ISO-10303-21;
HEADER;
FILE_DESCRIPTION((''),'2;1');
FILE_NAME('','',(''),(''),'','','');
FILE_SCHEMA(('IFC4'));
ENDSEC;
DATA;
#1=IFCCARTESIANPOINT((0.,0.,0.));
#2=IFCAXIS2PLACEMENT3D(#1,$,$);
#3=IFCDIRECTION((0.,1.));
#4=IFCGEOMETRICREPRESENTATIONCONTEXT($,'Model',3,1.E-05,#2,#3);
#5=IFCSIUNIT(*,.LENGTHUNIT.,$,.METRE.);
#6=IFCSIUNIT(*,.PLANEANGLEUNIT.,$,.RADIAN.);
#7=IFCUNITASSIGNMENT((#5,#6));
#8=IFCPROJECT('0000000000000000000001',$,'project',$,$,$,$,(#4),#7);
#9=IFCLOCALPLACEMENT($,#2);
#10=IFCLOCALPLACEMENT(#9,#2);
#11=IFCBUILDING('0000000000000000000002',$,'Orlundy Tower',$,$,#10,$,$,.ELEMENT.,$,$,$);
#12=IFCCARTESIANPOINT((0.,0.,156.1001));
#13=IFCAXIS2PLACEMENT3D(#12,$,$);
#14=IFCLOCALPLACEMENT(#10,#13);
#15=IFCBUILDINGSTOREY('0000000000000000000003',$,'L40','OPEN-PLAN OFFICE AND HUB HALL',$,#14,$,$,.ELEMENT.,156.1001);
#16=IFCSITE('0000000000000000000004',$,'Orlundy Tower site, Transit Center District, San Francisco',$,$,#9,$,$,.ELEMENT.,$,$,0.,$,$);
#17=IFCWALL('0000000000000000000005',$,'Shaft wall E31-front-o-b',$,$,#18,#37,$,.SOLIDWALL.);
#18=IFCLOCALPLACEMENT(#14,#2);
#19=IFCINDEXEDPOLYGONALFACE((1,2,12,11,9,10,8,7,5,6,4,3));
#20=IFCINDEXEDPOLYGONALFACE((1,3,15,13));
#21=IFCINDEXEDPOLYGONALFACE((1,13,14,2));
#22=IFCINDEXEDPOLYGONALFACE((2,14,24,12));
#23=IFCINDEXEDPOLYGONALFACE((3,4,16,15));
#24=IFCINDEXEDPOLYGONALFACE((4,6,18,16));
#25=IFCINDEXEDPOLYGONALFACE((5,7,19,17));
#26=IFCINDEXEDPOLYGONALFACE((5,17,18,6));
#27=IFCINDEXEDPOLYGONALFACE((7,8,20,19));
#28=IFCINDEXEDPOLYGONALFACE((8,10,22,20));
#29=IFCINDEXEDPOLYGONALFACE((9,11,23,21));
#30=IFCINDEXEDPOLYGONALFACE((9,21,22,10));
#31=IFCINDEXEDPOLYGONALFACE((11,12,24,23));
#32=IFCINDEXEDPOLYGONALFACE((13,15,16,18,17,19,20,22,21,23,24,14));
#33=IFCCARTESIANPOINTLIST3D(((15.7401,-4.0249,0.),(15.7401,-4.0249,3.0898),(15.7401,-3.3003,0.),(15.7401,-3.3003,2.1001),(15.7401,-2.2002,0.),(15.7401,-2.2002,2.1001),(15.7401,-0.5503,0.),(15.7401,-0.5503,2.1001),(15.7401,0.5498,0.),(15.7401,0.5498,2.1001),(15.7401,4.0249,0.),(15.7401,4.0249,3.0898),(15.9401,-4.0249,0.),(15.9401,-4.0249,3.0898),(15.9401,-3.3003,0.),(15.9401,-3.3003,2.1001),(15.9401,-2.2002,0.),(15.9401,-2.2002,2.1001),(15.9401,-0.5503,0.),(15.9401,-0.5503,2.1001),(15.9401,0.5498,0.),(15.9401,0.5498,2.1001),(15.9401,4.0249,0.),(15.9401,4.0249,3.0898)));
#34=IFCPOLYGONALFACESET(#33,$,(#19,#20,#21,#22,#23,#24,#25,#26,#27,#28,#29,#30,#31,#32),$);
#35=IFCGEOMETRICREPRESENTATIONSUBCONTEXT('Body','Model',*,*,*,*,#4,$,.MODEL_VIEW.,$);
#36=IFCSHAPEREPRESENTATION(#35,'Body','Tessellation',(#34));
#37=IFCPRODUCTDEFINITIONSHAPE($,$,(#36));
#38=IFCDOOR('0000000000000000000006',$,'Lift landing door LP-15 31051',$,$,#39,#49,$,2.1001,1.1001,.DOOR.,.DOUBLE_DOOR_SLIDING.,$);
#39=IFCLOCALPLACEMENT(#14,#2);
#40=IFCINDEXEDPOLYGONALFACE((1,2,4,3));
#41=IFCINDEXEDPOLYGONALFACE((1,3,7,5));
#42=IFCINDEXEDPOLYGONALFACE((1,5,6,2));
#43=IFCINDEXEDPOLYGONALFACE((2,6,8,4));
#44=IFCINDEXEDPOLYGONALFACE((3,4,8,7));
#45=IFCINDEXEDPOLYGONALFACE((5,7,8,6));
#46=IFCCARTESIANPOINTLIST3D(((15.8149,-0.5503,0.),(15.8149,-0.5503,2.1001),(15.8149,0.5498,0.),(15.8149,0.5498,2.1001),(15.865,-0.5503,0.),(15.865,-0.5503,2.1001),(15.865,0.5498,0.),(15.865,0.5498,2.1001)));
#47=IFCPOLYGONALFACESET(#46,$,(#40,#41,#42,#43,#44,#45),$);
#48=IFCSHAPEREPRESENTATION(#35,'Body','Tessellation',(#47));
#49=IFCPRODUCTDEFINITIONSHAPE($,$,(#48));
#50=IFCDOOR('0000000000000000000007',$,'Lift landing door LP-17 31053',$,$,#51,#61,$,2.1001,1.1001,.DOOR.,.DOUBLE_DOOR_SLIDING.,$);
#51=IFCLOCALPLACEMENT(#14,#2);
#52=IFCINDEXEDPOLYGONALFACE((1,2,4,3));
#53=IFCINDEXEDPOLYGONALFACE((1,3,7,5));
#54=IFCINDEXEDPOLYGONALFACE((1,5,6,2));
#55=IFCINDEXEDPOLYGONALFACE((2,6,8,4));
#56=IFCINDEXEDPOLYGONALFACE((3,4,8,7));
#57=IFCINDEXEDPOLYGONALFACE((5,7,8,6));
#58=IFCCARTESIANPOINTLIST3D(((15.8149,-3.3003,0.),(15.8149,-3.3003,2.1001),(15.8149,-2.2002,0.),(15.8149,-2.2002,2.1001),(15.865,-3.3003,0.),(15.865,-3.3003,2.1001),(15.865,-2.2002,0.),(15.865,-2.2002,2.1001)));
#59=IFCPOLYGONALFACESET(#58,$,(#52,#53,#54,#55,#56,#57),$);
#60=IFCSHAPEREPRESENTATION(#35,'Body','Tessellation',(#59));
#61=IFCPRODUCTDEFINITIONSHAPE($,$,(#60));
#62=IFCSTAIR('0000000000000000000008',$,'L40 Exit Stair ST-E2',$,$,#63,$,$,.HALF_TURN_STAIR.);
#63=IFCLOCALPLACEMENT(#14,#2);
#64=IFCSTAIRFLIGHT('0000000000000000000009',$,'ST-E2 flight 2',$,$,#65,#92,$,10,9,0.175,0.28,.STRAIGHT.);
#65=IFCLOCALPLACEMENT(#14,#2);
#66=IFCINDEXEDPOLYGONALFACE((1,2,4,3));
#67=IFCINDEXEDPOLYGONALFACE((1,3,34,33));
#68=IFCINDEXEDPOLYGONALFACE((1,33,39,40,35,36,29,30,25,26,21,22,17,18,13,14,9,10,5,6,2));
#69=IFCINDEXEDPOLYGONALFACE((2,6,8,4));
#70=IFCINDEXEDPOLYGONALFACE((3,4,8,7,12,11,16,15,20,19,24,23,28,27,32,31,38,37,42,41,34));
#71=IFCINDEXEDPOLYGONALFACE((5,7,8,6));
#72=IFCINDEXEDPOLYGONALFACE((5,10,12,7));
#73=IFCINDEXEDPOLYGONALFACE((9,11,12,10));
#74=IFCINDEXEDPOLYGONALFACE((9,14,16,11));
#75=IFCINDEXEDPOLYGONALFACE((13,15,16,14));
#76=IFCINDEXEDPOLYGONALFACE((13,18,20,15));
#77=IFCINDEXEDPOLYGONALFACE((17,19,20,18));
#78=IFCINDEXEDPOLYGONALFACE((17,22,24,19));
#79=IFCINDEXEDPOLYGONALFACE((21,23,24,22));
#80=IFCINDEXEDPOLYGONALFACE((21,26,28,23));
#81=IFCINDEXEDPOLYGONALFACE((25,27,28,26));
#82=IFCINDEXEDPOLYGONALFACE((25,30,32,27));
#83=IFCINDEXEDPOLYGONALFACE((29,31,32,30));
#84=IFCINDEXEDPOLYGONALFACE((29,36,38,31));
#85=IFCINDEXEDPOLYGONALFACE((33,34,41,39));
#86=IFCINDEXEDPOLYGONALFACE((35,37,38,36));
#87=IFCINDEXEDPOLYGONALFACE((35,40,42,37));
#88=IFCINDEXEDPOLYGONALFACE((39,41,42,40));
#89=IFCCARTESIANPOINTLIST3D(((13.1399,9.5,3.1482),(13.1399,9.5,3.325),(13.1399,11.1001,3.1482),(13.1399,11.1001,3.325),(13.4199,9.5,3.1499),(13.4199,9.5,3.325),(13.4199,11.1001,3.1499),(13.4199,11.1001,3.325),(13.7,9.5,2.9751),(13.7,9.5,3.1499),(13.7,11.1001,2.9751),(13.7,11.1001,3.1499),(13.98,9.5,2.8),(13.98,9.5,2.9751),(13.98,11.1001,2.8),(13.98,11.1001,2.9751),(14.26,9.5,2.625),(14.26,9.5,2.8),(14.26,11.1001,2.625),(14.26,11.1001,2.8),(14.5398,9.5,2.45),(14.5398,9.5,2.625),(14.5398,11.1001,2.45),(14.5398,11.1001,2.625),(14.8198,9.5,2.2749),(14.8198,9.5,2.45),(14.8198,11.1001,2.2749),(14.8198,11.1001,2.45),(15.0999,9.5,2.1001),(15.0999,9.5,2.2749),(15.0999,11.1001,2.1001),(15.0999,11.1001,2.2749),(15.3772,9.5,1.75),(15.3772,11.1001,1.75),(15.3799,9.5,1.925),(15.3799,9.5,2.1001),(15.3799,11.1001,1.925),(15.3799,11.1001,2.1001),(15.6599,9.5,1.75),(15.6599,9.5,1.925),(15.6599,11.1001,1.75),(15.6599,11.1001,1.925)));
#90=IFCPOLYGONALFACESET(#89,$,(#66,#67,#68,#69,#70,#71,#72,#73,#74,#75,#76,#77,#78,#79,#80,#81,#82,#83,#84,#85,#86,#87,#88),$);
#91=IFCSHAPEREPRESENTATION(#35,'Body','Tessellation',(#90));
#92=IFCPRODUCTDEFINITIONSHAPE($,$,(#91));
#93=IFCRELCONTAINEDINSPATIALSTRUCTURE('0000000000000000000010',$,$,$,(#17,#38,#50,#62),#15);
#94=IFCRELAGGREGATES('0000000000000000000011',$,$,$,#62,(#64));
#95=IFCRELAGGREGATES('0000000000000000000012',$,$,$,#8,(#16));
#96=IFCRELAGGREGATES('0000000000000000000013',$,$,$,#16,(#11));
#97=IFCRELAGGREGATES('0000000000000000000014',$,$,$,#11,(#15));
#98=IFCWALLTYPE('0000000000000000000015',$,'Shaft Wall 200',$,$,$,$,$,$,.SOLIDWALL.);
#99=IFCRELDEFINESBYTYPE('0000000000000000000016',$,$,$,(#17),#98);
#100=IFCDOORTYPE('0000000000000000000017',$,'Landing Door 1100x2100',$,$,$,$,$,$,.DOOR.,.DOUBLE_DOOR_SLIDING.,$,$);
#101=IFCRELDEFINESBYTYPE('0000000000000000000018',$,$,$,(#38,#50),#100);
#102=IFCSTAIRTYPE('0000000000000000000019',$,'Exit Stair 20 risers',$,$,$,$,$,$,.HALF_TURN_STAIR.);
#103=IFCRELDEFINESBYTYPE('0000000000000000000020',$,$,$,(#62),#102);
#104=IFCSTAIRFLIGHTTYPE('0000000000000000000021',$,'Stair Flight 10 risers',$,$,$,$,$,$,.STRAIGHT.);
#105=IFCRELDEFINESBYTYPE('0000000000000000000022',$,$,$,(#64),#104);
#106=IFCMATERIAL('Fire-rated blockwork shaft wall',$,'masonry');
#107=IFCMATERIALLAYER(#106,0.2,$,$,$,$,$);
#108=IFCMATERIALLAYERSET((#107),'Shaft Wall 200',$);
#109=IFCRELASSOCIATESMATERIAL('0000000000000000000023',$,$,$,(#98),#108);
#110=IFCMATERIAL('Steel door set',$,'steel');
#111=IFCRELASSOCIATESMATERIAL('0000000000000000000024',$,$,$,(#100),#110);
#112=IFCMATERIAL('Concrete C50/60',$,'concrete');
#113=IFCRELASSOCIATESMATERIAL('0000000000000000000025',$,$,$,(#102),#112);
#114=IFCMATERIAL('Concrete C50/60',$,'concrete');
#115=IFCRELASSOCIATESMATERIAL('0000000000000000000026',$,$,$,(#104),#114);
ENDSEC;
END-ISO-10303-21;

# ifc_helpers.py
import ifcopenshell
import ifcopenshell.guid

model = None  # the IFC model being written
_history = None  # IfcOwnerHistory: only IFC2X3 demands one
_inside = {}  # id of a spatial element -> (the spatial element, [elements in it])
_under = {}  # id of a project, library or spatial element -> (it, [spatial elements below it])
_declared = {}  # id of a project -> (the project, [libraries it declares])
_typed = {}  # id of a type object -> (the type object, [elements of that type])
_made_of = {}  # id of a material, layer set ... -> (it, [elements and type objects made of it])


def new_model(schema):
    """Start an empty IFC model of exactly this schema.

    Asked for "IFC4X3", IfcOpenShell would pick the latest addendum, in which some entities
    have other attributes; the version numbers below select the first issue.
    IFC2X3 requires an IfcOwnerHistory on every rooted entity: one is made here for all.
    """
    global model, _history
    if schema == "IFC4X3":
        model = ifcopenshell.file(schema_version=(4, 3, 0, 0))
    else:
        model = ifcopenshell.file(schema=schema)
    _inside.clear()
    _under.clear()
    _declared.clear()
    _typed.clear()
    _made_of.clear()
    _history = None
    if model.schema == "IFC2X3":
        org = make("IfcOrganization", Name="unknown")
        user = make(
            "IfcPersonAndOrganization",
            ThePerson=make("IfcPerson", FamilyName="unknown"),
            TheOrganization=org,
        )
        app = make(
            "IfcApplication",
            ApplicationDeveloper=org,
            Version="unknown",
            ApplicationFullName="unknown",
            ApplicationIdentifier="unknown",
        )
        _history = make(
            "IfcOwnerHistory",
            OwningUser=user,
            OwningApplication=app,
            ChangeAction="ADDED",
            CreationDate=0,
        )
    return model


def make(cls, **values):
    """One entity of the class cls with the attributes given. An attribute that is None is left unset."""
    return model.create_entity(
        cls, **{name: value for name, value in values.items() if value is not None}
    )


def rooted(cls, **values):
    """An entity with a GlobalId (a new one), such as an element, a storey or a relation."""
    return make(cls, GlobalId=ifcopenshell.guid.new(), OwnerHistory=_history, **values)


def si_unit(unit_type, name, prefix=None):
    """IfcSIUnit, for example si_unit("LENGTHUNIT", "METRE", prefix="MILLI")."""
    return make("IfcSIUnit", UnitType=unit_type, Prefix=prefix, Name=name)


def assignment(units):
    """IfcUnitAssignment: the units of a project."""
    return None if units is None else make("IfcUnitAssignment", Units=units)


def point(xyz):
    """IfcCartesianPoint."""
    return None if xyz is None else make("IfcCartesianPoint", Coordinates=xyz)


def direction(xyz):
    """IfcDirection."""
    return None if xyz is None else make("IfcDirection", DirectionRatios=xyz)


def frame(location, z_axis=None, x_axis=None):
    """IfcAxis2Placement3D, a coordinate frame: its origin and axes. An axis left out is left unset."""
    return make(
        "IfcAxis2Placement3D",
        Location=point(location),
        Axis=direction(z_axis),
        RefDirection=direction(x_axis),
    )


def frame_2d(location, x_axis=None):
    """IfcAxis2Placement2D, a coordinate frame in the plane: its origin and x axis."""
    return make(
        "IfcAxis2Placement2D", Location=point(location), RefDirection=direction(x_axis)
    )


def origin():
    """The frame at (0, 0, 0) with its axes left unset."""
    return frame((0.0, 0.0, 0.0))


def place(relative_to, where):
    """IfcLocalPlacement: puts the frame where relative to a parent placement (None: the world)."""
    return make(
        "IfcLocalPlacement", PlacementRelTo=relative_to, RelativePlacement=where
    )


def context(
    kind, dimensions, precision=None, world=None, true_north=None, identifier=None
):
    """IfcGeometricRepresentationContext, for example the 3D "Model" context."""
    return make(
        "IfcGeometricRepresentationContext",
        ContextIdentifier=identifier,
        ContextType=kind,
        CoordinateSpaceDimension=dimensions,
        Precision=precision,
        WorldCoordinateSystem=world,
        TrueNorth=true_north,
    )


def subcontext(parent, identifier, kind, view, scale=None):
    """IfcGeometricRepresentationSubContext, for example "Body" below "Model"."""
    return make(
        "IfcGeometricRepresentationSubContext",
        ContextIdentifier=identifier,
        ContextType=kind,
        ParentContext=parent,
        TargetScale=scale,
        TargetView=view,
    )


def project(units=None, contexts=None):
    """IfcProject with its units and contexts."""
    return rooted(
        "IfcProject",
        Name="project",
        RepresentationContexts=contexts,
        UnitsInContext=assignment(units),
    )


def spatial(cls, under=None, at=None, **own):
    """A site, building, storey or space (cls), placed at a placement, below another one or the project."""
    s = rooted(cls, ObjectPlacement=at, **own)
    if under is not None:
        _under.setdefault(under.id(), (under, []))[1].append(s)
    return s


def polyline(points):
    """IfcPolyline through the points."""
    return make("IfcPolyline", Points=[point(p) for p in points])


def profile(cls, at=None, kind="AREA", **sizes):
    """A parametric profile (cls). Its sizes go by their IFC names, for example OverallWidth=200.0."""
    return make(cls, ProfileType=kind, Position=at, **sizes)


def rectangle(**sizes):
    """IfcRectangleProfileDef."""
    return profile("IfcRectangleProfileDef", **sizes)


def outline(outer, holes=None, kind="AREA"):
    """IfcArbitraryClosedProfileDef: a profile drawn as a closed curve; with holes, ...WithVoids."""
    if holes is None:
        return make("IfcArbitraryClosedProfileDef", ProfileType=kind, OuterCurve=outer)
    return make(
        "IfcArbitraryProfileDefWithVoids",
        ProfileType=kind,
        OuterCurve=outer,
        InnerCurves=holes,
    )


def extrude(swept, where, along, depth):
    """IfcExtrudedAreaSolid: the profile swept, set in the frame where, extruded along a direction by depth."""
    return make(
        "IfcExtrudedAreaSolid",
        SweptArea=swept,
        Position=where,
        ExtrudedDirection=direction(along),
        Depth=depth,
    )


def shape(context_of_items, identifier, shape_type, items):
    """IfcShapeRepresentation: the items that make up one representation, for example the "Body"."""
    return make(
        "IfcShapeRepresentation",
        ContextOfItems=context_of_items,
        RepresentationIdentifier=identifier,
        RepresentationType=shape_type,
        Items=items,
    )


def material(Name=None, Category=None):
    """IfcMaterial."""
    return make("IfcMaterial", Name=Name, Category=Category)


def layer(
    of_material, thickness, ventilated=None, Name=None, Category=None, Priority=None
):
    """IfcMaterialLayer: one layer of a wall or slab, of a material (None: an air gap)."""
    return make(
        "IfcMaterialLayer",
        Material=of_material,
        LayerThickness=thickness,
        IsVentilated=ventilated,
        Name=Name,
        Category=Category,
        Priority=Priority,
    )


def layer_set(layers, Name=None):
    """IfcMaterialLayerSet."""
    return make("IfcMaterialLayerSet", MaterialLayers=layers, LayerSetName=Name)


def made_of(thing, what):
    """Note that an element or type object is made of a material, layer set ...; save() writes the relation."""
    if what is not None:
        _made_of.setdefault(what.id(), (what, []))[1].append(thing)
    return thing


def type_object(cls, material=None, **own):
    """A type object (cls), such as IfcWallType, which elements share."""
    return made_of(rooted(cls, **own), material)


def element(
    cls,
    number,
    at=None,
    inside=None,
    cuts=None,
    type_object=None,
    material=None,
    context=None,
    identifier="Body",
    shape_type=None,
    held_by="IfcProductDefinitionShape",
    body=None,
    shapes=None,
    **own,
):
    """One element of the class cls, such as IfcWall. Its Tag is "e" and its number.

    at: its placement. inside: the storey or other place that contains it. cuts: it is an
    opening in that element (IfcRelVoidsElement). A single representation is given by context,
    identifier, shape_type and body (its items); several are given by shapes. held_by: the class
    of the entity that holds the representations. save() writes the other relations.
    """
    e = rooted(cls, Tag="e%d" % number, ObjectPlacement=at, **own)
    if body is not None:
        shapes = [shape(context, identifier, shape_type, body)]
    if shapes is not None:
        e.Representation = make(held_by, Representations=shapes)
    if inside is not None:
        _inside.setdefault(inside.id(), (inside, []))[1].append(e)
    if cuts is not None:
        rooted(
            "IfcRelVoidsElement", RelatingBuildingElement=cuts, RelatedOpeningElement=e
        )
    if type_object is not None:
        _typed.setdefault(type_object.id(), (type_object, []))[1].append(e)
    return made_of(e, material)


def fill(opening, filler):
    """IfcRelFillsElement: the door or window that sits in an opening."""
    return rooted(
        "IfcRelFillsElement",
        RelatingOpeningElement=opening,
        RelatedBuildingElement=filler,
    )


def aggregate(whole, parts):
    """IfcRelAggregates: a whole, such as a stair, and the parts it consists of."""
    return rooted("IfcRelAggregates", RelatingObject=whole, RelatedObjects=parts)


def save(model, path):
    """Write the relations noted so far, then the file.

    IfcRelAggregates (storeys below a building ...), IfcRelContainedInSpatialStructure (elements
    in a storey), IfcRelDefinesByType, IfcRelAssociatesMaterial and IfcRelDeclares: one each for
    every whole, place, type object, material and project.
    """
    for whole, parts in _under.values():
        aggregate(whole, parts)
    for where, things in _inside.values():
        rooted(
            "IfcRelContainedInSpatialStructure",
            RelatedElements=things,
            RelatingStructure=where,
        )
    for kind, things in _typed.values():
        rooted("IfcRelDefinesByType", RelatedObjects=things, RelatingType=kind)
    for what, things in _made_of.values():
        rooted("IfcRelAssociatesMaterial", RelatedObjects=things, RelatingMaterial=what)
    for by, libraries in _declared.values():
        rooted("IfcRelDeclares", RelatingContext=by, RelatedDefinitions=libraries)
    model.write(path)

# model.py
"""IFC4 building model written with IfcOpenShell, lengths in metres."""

from ifc_helpers import new_model, si_unit, direction, frame, frame_2d, origin, place, context, subcontext, project, spatial, polyline, rectangle, outline, extrude, material, layer, layer_set, type_object, element, fill, aggregate, save


model = new_model("IFC4")

# Units and contexts
model_context = context("Model", 3, precision=1e-05, world=origin(), true_north=direction((0.0, 1.0)))
body_context = subcontext(model_context, "Body", "Model", "MODEL_VIEW")
ifc_project = project(units=[si_unit("LENGTHUNIT", "METRE"), si_unit("PLANEANGLEUNIT", "RADIAN")], contexts=[model_context])

# Site, building, storey
site_placement = place(None, origin())
site = spatial("IfcSite", under=ifc_project, at=site_placement, Name="Orlundy Tower site, Transit Center District, San Francisco", CompositionType="ELEMENT", RefElevation=0.0)
building_placement = place(site_placement, origin())
building = spatial("IfcBuilding", under=site, at=building_placement, Name="Orlundy Tower", CompositionType="ELEMENT")
storey_placement = place(building_placement, frame((0.0, 0.0, 156.1001)))
storey = spatial("IfcBuildingStorey", under=building, at=storey_placement, Name="L40", Description="OPEN-PLAN OFFICE AND HUB HALL", CompositionType="ELEMENT", Elevation=156.1001)

# Shared definitions
ifc_material_1 = material(Name="Fire-rated blockwork shaft wall", Category="masonry")
ifc_layer_1 = layer(ifc_material_1, 0.2)
ifc_layer_set_1 = layer_set([ifc_layer_1], Name="Shaft Wall 200")
wall_type_1 = type_object("IfcWallType", Name="Shaft Wall 200", PredefinedType="SOLIDWALL", material=ifc_layer_set_1)
ifc_material_2 = material(Name="Steel door set", Category="steel")
door_type_1 = type_object("IfcDoorType", Name="Landing Door 1100x2100", OperationType="DOUBLE_DOOR_SLIDING", PredefinedType="DOOR", material=ifc_material_2)

# Wall, openings, doors
wall_1_placement = place(storey_placement, frame((15.8401, 4.0249, 0.0), z_axis=(0.0, 0.0, 1.0), x_axis=(0.0, -1.0, 0.0)))
wall_1 = element("IfcWall", 1, at=wall_1_placement, inside=storey, type_object=wall_type_1, Name="Shaft wall E31-front-o-b", PredefinedType="SOLIDWALL", context=body_context, shape_type="SweptSolid", body=[
    extrude(rectangle(XDim=8.0498, YDim=0.2, at=frame_2d((4.0249, 0.0))), origin(), (0.0, 0.0, 1.0), 3.0898),
])
opening_1_placement = place(wall_1_placement, frame((3.4751, 0.0, 0.0)))
opening_1 = element("IfcOpeningElement", 2, at=opening_1_placement, cuts=wall_1, PredefinedType="OPENING", context=body_context, shape_type="SweptSolid", body=[
    extrude(rectangle(XDim=1.1001, YDim=2.1001, at=frame_2d((0.55, 1.05))), frame((0.0, 0.1101, 0.0), z_axis=(0.0, -1.0, 0.0), x_axis=(1.0, 0.0, 0.0)), (0.0, 0.0, 1.0), 0.2202),
])
opening_2_placement = place(wall_1_placement, frame((6.2251, 0.0, 0.0)))
opening_2 = element("IfcOpeningElement", 3, at=opening_2_placement, cuts=wall_1, PredefinedType="OPENING", context=body_context, shape_type="SweptSolid", body=[
    extrude(rectangle(XDim=1.1001, YDim=2.1001, at=frame_2d((0.55, 1.05))), frame((0.0, 0.1101, 0.0), z_axis=(0.0, -1.0, 0.0), x_axis=(1.0, 0.0, 0.0)), (0.0, 0.0, 1.0), 0.2202),
])
door_1_placement = place(opening_1_placement, origin())
door_1 = element("IfcDoor", 4, at=door_1_placement, inside=storey, type_object=door_type_1, Name="Lift landing door LP-15 31051", OperationType="DOUBLE_DOOR_SLIDING", OverallHeight=2.1001, OverallWidth=1.1001, PredefinedType="DOOR", context=body_context, shape_type="SweptSolid", body=[
    extrude(rectangle(XDim=1.1001, YDim=2.1001, at=frame_2d((0.55, 1.05))), frame((0.0, 0.0249, 0.0), z_axis=(0.0, -1.0, 0.0), x_axis=(1.0, 0.0, 0.0)), (0.0, 0.0, 1.0), 0.05),
])
fill(opening_1, door_1)
door_2_placement = place(opening_2_placement, origin())
door_2 = element("IfcDoor", 5, at=door_2_placement, inside=storey, type_object=door_type_1, Name="Lift landing door LP-17 31053", OperationType="DOUBLE_DOOR_SLIDING", OverallHeight=2.1001, OverallWidth=1.1001, PredefinedType="DOOR", context=body_context, shape_type="SweptSolid", body=[
    extrude(rectangle(XDim=1.1001, YDim=2.1001, at=frame_2d((0.55, 1.05))), frame((0.0, 0.0249, 0.0), z_axis=(0.0, -1.0, 0.0), x_axis=(1.0, 0.0, 0.0)), (0.0, 0.0, 1.0), 0.05),
])
fill(opening_2, door_2)

# Stair, stair flight
ifc_material_3 = material(Name="Concrete C50/60", Category="concrete")
stair_type = type_object("IfcStairType", Name="Exit Stair 20 risers", PredefinedType="HALF_TURN_STAIR", material=ifc_material_3)
stair_placement = place(storey_placement, origin())
stair = element("IfcStair", 6, at=stair_placement, inside=storey, type_object=stair_type, Name="L40 Exit Stair ST-E2", PredefinedType="HALF_TURN_STAIR")
ifc_material_4 = material(Name="Concrete C50/60", Category="concrete")
stair_flight_type = type_object("IfcStairFlightType", Name="Stair Flight 10 risers", PredefinedType="STRAIGHT", material=ifc_material_4)
stair_flight_placement = place(storey_placement, frame((15.6599, 10.3, 1.75), z_axis=(0.0, 0.0, 1.0), x_axis=(-1.0, 0.0, 0.0)))
stair_flight = element("IfcStairFlight", 7, at=stair_flight_placement, type_object=stair_flight_type, Name="ST-E2 flight 2", NumberOfRisers=10, NumberOfTreads=9, PredefinedType="STRAIGHT", RiserHeight=0.175, TreadLength=0.28, context=body_context, shape_type="SweptSolid", body=[
    extrude(outline(polyline([(0.0, 0.0), (0.0, 0.175), (0.28, 0.175), (0.28, 0.3501), (0.5601, 0.3501), (0.5601, 0.5249), (0.8401, 0.5249), (0.8401, 0.7), (1.1201, 0.7), (1.1201, 0.875), (1.3999, 0.875), (1.3999, 1.05), (1.6799, 1.05), (1.6799, 1.2251), (1.96, 1.2251), (1.96, 1.3999), (2.24, 1.3999), (2.24, 1.575), (2.52, 1.575), (2.52, 1.75), (2.52, 1.3982), (0.2827, 0.0), (0.0, 0.0)])), frame((0.0, 0.8, 0.0), z_axis=(0.0, -1.0, 0.0), x_axis=(1.0, 0.0, 0.0)), (0.0, 0.0, 1.0), 1.6001),
])
aggregate(stair, [stair_flight])

save(model, "model.ifc")
